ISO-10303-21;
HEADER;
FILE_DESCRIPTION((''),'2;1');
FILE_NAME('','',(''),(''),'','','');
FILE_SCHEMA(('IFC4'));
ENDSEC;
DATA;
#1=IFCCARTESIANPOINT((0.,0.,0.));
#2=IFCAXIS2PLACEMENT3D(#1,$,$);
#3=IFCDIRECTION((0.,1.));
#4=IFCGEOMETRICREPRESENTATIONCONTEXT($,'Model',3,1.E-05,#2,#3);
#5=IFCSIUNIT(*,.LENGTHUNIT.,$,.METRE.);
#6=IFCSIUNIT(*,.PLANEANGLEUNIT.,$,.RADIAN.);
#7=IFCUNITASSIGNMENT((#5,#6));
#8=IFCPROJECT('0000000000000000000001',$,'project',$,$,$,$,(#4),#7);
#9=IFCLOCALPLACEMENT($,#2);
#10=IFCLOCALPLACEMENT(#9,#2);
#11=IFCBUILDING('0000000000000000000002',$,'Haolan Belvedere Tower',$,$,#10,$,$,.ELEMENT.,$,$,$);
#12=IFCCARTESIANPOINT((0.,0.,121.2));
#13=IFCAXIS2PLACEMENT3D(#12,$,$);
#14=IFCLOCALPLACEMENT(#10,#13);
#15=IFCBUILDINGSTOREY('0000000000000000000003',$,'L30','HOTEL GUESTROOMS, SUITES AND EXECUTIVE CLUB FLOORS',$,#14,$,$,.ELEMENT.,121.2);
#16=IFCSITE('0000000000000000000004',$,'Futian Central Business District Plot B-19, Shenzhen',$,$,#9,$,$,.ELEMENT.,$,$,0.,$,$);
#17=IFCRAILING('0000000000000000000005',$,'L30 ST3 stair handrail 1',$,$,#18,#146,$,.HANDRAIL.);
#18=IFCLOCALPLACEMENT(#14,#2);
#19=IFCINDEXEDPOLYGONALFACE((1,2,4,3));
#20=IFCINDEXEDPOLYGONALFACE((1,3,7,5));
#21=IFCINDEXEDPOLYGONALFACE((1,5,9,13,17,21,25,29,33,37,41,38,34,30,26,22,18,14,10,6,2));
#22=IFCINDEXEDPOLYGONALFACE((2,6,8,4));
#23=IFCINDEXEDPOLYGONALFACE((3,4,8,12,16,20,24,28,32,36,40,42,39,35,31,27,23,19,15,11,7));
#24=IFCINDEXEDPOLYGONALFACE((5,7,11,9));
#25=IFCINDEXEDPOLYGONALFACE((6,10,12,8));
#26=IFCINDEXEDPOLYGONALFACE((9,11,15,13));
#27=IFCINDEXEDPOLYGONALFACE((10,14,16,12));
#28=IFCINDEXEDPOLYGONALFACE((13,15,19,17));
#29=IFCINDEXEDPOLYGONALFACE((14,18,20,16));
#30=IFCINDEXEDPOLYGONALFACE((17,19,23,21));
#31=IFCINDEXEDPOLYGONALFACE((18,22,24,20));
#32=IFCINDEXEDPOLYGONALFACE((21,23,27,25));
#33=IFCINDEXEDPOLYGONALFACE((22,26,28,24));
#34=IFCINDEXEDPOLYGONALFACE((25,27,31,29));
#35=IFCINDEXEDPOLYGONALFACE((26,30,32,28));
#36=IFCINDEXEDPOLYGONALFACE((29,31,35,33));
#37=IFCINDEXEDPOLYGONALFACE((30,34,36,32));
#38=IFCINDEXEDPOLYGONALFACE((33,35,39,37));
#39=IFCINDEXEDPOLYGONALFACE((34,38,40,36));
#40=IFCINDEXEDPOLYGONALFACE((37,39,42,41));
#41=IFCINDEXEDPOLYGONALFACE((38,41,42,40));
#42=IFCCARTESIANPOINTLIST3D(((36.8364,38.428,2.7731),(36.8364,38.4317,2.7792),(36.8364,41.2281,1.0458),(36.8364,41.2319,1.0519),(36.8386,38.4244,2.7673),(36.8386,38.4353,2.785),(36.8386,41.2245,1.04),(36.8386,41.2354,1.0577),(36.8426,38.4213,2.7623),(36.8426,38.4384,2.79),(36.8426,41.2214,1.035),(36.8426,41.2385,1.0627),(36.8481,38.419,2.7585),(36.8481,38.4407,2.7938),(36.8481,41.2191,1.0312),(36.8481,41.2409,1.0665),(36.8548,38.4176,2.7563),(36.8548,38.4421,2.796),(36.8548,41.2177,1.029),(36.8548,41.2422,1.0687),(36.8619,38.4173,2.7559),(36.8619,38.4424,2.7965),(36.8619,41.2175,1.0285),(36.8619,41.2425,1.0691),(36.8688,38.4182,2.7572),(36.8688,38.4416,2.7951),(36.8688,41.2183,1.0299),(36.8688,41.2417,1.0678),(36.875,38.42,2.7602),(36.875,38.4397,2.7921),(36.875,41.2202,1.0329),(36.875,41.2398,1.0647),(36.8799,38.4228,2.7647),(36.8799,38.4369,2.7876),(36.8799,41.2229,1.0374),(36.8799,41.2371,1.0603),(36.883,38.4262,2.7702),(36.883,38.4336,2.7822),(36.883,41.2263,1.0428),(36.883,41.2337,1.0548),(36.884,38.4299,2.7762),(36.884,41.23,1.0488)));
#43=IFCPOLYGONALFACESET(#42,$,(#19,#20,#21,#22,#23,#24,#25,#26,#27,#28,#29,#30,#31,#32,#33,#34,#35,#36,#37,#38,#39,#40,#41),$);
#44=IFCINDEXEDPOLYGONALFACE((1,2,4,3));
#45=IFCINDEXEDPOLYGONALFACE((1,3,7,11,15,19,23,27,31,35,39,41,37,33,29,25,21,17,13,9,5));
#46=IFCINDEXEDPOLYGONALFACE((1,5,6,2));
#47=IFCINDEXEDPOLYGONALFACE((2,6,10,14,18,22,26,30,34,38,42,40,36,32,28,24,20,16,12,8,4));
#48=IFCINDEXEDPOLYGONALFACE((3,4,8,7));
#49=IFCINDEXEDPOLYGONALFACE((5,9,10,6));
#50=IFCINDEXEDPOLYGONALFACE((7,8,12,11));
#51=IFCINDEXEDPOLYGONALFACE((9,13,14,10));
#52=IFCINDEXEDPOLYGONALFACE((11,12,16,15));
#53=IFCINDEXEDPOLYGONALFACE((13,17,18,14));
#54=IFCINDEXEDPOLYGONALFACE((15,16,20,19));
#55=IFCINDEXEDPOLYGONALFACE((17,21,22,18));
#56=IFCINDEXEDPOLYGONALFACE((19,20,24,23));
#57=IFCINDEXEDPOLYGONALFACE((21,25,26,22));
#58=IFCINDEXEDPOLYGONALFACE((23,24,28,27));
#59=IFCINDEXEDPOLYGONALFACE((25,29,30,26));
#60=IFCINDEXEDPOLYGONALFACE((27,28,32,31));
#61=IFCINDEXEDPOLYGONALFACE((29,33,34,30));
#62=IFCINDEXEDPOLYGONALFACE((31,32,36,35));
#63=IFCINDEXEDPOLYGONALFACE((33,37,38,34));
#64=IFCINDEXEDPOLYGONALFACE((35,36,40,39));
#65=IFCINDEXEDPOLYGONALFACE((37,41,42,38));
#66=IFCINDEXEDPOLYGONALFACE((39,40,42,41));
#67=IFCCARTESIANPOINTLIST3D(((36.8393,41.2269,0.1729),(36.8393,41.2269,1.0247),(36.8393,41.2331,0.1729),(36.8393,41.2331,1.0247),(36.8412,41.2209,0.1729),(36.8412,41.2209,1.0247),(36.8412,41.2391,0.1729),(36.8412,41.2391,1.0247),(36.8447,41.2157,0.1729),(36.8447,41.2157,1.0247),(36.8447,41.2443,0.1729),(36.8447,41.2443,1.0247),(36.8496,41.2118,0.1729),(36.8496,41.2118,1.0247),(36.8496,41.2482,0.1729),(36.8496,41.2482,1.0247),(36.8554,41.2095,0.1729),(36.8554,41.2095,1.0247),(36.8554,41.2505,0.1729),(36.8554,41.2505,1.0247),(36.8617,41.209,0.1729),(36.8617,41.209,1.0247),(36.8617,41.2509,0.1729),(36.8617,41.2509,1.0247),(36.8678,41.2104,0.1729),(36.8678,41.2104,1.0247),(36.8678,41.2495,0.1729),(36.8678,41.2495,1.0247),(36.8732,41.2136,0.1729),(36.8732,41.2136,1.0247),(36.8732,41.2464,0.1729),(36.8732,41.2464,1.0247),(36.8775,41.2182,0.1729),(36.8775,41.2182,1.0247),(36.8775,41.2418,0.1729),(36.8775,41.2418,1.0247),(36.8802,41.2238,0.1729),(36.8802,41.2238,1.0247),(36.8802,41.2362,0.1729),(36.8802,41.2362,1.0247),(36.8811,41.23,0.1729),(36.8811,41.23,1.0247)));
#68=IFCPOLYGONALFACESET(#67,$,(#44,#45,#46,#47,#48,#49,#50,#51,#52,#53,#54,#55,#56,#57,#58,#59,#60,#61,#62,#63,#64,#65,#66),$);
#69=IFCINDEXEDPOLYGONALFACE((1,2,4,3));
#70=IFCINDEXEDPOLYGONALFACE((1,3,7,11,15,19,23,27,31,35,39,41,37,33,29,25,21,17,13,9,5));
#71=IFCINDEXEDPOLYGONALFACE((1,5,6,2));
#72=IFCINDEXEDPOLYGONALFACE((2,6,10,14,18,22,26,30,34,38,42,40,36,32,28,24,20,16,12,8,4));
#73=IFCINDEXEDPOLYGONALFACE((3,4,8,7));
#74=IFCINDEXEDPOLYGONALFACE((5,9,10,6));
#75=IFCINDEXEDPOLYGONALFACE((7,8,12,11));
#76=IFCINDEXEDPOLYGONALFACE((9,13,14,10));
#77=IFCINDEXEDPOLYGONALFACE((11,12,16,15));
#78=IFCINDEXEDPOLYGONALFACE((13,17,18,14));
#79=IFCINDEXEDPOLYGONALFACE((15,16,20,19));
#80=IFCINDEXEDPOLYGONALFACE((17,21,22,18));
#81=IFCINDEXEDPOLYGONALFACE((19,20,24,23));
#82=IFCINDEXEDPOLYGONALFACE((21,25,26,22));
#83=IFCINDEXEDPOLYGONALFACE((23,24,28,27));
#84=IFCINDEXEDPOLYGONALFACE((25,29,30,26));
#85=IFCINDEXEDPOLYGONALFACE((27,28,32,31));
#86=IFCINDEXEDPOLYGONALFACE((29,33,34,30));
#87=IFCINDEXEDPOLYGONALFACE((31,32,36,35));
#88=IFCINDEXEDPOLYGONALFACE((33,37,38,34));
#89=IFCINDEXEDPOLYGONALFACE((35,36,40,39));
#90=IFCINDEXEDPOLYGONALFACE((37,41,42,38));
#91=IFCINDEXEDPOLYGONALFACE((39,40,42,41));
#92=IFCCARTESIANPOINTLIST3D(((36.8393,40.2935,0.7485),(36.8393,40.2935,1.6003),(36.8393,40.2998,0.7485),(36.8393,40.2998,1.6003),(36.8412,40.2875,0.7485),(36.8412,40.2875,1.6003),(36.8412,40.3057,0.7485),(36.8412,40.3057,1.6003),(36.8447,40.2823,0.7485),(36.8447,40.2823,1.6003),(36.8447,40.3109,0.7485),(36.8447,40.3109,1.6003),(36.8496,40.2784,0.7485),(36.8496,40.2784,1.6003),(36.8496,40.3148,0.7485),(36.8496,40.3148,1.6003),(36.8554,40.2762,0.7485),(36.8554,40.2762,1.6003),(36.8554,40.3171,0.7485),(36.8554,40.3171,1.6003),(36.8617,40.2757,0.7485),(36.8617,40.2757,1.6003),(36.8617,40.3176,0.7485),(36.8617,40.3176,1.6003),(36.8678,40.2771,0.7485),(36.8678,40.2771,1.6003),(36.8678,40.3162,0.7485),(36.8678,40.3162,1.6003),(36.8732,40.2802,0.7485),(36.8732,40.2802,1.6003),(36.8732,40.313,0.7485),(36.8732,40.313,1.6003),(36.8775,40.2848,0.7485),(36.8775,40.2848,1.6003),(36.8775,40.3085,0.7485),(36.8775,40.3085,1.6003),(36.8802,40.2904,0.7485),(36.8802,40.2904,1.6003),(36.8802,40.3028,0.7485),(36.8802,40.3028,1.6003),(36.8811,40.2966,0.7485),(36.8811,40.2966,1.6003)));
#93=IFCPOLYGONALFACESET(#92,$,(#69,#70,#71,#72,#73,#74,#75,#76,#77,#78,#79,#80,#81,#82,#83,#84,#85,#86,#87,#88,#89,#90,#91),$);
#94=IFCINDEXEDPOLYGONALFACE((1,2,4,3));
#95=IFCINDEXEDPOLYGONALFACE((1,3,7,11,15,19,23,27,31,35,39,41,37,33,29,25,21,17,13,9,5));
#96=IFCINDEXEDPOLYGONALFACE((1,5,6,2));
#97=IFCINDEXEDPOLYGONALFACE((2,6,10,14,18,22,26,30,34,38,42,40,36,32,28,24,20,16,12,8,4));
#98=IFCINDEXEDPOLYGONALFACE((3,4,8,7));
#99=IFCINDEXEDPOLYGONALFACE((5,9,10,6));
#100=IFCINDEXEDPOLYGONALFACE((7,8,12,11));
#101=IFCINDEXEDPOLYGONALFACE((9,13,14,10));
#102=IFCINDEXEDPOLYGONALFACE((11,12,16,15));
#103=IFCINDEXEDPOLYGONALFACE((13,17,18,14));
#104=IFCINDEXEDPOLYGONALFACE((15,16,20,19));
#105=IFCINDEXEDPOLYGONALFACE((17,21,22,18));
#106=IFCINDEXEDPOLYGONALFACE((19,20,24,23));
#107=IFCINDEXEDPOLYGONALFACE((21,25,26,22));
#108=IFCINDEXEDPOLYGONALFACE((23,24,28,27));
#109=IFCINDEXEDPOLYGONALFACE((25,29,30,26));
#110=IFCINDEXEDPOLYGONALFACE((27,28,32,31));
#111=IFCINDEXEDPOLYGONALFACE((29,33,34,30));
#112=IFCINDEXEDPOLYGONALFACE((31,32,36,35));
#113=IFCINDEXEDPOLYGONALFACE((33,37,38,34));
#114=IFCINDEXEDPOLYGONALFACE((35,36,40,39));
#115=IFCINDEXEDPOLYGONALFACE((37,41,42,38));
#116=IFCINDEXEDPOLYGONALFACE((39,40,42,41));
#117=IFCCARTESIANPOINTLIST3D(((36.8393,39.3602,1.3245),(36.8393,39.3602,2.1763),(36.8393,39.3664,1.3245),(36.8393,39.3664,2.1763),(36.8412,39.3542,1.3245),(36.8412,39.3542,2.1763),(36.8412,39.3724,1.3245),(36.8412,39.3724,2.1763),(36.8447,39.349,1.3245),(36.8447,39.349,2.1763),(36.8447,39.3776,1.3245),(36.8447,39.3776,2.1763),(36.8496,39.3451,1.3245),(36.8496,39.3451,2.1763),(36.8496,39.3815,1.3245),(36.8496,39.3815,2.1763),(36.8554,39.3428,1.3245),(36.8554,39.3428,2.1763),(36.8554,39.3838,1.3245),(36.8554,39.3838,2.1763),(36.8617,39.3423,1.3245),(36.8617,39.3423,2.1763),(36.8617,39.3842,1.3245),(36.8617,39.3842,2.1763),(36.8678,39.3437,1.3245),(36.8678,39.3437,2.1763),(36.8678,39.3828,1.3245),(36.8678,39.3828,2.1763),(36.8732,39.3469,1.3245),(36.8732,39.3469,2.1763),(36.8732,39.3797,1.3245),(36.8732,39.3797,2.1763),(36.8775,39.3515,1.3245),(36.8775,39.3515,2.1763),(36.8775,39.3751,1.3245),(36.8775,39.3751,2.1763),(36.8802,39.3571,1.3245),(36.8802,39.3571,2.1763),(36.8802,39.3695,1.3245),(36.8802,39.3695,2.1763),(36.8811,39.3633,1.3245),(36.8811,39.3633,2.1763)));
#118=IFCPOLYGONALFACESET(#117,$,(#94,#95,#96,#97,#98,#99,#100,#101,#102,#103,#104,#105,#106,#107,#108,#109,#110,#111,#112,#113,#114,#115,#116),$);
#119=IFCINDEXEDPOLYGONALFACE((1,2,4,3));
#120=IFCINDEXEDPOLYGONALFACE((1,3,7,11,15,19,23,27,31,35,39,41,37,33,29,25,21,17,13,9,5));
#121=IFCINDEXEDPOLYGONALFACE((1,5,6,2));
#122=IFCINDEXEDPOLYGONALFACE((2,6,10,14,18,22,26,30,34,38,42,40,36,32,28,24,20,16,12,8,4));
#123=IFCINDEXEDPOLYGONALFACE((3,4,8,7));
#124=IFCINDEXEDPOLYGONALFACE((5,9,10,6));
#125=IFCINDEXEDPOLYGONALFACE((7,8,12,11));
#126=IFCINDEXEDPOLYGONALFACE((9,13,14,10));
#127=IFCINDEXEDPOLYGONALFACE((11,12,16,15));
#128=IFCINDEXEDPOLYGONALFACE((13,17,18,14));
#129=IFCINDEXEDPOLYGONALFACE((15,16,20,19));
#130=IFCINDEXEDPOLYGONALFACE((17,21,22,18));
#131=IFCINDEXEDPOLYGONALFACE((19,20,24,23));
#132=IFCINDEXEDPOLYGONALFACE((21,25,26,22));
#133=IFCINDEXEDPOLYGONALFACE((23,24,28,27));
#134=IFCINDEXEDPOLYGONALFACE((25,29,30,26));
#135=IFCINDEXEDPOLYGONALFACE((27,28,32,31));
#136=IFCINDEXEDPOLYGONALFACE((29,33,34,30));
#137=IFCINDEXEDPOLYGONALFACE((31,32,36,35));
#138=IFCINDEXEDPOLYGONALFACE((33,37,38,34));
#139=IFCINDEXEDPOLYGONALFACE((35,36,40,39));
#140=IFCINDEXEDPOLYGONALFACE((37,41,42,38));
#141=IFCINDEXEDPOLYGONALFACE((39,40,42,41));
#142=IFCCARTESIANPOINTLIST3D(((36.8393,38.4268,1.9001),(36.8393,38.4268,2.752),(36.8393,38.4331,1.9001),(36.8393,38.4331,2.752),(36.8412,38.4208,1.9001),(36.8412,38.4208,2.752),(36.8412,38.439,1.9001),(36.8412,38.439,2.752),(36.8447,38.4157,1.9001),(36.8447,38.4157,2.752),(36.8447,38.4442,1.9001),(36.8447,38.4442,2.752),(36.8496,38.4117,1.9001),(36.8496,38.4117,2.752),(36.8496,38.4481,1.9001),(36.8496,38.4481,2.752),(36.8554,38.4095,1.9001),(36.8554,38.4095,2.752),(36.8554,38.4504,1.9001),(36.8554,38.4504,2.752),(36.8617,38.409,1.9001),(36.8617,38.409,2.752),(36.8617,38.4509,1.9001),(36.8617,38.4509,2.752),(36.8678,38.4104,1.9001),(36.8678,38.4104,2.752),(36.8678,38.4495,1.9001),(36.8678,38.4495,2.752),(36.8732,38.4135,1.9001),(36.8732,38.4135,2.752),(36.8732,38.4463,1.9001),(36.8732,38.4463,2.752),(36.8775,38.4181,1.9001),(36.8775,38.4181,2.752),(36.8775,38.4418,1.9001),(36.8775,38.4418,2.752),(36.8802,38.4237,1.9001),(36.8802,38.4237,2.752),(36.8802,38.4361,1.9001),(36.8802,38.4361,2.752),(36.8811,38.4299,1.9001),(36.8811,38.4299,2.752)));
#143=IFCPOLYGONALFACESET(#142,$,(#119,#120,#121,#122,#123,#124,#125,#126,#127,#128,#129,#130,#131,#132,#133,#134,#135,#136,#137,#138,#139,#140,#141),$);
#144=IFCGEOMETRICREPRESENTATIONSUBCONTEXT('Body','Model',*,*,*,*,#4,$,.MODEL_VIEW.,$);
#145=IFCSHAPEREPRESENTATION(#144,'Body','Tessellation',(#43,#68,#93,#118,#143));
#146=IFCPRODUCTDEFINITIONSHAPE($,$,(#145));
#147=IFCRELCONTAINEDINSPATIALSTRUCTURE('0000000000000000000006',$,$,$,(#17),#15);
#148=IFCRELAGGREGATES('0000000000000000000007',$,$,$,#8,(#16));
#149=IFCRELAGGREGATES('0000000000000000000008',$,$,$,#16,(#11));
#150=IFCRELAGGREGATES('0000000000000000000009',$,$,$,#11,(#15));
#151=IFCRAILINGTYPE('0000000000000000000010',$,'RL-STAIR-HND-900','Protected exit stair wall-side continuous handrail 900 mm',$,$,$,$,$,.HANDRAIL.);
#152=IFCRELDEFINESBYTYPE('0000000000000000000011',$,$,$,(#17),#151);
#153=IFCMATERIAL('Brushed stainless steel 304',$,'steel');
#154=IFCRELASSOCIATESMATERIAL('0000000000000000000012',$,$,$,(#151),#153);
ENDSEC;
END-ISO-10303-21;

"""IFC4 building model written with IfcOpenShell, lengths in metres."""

from ifc_helpers import new_model, si_unit, direction, frame, origin, origin_2d, place, context, subcontext, project, spatial, circle, extrude, material, type_object, element, save


model = new_model("IFC4")

# Units and contexts
model_context = context("Model", 3, precision=1e-05, world=origin(), true_north=direction((0.0, 1.0)))
body_context = subcontext(model_context, "Body", "Model", "MODEL_VIEW")
ifc_project = project(units=[si_unit("LENGTHUNIT", "METRE"), si_unit("PLANEANGLEUNIT", "RADIAN")], contexts=[model_context])

# Site, building, storey
site_placement = place(None, origin())
site = spatial("IfcSite", under=ifc_project, at=site_placement, Name="Futian Central Business District Plot B-19, Shenzhen", CompositionType="ELEMENT", RefElevation=0.0)
building_placement = place(site_placement, origin())
building = spatial("IfcBuilding", under=site, at=building_placement, Name="Haolan Belvedere Tower", CompositionType="ELEMENT")
storey_placement = place(building_placement, frame((0.0, 0.0, 121.2)))
storey = spatial("IfcBuildingStorey", under=building, at=storey_placement, Name="L30", Description="HOTEL GUESTROOMS, SUITES AND EXECUTIVE CLUB FLOORS", CompositionType="ELEMENT", Elevation=121.2)

# Railing
ifc_material_1 = material(Name="Brushed stainless steel 304", Category="steel")
railing_type_1 = type_object("IfcRailingType", Name="RL-STAIR-HND-900", Description="Protected exit stair wall-side continuous handrail 900 mm", PredefinedType="HANDRAIL", material=ifc_material_1)
railing_1_placement = place(storey_placement, frame((36.8601, 41.23, 0.1729)))
element("IfcRailing", 1, at=railing_1_placement, inside=storey, type_object=railing_type_1, Name="L30 ST3 stair handrail 1", PredefinedType="HANDRAIL", context=body_context, shape_type="SweptSolid", body=[
    extrude(circle(Radius=0.0239, at=origin_2d()), frame((0.0, 0.0, 0.876), z_axis=(0.0, -0.85109, 0.52502), x_axis=(1.0, 0.0, 0.0)), (0.0, 0.0, 1.0), 3.29),
    extrude(circle(Radius=0.021, at=origin_2d()), origin(), (0.0, 0.0, 1.0), 0.8518),
    extrude(circle(Radius=0.021, at=origin_2d()), frame((0.0, -0.9333, 0.5757)), (0.0, 0.0, 1.0), 0.8518),
    extrude(circle(Radius=0.021, at=origin_2d()), frame((0.0, -1.8667, 1.1516)), (0.0, 0.0, 1.0), 0.8518),
    extrude(circle(Radius=0.021, at=origin_2d()), frame((0.0, -2.8, 1.7273)), (0.0, 0.0, 1.0), 0.8518),
])

save(model, "model.ifc")
